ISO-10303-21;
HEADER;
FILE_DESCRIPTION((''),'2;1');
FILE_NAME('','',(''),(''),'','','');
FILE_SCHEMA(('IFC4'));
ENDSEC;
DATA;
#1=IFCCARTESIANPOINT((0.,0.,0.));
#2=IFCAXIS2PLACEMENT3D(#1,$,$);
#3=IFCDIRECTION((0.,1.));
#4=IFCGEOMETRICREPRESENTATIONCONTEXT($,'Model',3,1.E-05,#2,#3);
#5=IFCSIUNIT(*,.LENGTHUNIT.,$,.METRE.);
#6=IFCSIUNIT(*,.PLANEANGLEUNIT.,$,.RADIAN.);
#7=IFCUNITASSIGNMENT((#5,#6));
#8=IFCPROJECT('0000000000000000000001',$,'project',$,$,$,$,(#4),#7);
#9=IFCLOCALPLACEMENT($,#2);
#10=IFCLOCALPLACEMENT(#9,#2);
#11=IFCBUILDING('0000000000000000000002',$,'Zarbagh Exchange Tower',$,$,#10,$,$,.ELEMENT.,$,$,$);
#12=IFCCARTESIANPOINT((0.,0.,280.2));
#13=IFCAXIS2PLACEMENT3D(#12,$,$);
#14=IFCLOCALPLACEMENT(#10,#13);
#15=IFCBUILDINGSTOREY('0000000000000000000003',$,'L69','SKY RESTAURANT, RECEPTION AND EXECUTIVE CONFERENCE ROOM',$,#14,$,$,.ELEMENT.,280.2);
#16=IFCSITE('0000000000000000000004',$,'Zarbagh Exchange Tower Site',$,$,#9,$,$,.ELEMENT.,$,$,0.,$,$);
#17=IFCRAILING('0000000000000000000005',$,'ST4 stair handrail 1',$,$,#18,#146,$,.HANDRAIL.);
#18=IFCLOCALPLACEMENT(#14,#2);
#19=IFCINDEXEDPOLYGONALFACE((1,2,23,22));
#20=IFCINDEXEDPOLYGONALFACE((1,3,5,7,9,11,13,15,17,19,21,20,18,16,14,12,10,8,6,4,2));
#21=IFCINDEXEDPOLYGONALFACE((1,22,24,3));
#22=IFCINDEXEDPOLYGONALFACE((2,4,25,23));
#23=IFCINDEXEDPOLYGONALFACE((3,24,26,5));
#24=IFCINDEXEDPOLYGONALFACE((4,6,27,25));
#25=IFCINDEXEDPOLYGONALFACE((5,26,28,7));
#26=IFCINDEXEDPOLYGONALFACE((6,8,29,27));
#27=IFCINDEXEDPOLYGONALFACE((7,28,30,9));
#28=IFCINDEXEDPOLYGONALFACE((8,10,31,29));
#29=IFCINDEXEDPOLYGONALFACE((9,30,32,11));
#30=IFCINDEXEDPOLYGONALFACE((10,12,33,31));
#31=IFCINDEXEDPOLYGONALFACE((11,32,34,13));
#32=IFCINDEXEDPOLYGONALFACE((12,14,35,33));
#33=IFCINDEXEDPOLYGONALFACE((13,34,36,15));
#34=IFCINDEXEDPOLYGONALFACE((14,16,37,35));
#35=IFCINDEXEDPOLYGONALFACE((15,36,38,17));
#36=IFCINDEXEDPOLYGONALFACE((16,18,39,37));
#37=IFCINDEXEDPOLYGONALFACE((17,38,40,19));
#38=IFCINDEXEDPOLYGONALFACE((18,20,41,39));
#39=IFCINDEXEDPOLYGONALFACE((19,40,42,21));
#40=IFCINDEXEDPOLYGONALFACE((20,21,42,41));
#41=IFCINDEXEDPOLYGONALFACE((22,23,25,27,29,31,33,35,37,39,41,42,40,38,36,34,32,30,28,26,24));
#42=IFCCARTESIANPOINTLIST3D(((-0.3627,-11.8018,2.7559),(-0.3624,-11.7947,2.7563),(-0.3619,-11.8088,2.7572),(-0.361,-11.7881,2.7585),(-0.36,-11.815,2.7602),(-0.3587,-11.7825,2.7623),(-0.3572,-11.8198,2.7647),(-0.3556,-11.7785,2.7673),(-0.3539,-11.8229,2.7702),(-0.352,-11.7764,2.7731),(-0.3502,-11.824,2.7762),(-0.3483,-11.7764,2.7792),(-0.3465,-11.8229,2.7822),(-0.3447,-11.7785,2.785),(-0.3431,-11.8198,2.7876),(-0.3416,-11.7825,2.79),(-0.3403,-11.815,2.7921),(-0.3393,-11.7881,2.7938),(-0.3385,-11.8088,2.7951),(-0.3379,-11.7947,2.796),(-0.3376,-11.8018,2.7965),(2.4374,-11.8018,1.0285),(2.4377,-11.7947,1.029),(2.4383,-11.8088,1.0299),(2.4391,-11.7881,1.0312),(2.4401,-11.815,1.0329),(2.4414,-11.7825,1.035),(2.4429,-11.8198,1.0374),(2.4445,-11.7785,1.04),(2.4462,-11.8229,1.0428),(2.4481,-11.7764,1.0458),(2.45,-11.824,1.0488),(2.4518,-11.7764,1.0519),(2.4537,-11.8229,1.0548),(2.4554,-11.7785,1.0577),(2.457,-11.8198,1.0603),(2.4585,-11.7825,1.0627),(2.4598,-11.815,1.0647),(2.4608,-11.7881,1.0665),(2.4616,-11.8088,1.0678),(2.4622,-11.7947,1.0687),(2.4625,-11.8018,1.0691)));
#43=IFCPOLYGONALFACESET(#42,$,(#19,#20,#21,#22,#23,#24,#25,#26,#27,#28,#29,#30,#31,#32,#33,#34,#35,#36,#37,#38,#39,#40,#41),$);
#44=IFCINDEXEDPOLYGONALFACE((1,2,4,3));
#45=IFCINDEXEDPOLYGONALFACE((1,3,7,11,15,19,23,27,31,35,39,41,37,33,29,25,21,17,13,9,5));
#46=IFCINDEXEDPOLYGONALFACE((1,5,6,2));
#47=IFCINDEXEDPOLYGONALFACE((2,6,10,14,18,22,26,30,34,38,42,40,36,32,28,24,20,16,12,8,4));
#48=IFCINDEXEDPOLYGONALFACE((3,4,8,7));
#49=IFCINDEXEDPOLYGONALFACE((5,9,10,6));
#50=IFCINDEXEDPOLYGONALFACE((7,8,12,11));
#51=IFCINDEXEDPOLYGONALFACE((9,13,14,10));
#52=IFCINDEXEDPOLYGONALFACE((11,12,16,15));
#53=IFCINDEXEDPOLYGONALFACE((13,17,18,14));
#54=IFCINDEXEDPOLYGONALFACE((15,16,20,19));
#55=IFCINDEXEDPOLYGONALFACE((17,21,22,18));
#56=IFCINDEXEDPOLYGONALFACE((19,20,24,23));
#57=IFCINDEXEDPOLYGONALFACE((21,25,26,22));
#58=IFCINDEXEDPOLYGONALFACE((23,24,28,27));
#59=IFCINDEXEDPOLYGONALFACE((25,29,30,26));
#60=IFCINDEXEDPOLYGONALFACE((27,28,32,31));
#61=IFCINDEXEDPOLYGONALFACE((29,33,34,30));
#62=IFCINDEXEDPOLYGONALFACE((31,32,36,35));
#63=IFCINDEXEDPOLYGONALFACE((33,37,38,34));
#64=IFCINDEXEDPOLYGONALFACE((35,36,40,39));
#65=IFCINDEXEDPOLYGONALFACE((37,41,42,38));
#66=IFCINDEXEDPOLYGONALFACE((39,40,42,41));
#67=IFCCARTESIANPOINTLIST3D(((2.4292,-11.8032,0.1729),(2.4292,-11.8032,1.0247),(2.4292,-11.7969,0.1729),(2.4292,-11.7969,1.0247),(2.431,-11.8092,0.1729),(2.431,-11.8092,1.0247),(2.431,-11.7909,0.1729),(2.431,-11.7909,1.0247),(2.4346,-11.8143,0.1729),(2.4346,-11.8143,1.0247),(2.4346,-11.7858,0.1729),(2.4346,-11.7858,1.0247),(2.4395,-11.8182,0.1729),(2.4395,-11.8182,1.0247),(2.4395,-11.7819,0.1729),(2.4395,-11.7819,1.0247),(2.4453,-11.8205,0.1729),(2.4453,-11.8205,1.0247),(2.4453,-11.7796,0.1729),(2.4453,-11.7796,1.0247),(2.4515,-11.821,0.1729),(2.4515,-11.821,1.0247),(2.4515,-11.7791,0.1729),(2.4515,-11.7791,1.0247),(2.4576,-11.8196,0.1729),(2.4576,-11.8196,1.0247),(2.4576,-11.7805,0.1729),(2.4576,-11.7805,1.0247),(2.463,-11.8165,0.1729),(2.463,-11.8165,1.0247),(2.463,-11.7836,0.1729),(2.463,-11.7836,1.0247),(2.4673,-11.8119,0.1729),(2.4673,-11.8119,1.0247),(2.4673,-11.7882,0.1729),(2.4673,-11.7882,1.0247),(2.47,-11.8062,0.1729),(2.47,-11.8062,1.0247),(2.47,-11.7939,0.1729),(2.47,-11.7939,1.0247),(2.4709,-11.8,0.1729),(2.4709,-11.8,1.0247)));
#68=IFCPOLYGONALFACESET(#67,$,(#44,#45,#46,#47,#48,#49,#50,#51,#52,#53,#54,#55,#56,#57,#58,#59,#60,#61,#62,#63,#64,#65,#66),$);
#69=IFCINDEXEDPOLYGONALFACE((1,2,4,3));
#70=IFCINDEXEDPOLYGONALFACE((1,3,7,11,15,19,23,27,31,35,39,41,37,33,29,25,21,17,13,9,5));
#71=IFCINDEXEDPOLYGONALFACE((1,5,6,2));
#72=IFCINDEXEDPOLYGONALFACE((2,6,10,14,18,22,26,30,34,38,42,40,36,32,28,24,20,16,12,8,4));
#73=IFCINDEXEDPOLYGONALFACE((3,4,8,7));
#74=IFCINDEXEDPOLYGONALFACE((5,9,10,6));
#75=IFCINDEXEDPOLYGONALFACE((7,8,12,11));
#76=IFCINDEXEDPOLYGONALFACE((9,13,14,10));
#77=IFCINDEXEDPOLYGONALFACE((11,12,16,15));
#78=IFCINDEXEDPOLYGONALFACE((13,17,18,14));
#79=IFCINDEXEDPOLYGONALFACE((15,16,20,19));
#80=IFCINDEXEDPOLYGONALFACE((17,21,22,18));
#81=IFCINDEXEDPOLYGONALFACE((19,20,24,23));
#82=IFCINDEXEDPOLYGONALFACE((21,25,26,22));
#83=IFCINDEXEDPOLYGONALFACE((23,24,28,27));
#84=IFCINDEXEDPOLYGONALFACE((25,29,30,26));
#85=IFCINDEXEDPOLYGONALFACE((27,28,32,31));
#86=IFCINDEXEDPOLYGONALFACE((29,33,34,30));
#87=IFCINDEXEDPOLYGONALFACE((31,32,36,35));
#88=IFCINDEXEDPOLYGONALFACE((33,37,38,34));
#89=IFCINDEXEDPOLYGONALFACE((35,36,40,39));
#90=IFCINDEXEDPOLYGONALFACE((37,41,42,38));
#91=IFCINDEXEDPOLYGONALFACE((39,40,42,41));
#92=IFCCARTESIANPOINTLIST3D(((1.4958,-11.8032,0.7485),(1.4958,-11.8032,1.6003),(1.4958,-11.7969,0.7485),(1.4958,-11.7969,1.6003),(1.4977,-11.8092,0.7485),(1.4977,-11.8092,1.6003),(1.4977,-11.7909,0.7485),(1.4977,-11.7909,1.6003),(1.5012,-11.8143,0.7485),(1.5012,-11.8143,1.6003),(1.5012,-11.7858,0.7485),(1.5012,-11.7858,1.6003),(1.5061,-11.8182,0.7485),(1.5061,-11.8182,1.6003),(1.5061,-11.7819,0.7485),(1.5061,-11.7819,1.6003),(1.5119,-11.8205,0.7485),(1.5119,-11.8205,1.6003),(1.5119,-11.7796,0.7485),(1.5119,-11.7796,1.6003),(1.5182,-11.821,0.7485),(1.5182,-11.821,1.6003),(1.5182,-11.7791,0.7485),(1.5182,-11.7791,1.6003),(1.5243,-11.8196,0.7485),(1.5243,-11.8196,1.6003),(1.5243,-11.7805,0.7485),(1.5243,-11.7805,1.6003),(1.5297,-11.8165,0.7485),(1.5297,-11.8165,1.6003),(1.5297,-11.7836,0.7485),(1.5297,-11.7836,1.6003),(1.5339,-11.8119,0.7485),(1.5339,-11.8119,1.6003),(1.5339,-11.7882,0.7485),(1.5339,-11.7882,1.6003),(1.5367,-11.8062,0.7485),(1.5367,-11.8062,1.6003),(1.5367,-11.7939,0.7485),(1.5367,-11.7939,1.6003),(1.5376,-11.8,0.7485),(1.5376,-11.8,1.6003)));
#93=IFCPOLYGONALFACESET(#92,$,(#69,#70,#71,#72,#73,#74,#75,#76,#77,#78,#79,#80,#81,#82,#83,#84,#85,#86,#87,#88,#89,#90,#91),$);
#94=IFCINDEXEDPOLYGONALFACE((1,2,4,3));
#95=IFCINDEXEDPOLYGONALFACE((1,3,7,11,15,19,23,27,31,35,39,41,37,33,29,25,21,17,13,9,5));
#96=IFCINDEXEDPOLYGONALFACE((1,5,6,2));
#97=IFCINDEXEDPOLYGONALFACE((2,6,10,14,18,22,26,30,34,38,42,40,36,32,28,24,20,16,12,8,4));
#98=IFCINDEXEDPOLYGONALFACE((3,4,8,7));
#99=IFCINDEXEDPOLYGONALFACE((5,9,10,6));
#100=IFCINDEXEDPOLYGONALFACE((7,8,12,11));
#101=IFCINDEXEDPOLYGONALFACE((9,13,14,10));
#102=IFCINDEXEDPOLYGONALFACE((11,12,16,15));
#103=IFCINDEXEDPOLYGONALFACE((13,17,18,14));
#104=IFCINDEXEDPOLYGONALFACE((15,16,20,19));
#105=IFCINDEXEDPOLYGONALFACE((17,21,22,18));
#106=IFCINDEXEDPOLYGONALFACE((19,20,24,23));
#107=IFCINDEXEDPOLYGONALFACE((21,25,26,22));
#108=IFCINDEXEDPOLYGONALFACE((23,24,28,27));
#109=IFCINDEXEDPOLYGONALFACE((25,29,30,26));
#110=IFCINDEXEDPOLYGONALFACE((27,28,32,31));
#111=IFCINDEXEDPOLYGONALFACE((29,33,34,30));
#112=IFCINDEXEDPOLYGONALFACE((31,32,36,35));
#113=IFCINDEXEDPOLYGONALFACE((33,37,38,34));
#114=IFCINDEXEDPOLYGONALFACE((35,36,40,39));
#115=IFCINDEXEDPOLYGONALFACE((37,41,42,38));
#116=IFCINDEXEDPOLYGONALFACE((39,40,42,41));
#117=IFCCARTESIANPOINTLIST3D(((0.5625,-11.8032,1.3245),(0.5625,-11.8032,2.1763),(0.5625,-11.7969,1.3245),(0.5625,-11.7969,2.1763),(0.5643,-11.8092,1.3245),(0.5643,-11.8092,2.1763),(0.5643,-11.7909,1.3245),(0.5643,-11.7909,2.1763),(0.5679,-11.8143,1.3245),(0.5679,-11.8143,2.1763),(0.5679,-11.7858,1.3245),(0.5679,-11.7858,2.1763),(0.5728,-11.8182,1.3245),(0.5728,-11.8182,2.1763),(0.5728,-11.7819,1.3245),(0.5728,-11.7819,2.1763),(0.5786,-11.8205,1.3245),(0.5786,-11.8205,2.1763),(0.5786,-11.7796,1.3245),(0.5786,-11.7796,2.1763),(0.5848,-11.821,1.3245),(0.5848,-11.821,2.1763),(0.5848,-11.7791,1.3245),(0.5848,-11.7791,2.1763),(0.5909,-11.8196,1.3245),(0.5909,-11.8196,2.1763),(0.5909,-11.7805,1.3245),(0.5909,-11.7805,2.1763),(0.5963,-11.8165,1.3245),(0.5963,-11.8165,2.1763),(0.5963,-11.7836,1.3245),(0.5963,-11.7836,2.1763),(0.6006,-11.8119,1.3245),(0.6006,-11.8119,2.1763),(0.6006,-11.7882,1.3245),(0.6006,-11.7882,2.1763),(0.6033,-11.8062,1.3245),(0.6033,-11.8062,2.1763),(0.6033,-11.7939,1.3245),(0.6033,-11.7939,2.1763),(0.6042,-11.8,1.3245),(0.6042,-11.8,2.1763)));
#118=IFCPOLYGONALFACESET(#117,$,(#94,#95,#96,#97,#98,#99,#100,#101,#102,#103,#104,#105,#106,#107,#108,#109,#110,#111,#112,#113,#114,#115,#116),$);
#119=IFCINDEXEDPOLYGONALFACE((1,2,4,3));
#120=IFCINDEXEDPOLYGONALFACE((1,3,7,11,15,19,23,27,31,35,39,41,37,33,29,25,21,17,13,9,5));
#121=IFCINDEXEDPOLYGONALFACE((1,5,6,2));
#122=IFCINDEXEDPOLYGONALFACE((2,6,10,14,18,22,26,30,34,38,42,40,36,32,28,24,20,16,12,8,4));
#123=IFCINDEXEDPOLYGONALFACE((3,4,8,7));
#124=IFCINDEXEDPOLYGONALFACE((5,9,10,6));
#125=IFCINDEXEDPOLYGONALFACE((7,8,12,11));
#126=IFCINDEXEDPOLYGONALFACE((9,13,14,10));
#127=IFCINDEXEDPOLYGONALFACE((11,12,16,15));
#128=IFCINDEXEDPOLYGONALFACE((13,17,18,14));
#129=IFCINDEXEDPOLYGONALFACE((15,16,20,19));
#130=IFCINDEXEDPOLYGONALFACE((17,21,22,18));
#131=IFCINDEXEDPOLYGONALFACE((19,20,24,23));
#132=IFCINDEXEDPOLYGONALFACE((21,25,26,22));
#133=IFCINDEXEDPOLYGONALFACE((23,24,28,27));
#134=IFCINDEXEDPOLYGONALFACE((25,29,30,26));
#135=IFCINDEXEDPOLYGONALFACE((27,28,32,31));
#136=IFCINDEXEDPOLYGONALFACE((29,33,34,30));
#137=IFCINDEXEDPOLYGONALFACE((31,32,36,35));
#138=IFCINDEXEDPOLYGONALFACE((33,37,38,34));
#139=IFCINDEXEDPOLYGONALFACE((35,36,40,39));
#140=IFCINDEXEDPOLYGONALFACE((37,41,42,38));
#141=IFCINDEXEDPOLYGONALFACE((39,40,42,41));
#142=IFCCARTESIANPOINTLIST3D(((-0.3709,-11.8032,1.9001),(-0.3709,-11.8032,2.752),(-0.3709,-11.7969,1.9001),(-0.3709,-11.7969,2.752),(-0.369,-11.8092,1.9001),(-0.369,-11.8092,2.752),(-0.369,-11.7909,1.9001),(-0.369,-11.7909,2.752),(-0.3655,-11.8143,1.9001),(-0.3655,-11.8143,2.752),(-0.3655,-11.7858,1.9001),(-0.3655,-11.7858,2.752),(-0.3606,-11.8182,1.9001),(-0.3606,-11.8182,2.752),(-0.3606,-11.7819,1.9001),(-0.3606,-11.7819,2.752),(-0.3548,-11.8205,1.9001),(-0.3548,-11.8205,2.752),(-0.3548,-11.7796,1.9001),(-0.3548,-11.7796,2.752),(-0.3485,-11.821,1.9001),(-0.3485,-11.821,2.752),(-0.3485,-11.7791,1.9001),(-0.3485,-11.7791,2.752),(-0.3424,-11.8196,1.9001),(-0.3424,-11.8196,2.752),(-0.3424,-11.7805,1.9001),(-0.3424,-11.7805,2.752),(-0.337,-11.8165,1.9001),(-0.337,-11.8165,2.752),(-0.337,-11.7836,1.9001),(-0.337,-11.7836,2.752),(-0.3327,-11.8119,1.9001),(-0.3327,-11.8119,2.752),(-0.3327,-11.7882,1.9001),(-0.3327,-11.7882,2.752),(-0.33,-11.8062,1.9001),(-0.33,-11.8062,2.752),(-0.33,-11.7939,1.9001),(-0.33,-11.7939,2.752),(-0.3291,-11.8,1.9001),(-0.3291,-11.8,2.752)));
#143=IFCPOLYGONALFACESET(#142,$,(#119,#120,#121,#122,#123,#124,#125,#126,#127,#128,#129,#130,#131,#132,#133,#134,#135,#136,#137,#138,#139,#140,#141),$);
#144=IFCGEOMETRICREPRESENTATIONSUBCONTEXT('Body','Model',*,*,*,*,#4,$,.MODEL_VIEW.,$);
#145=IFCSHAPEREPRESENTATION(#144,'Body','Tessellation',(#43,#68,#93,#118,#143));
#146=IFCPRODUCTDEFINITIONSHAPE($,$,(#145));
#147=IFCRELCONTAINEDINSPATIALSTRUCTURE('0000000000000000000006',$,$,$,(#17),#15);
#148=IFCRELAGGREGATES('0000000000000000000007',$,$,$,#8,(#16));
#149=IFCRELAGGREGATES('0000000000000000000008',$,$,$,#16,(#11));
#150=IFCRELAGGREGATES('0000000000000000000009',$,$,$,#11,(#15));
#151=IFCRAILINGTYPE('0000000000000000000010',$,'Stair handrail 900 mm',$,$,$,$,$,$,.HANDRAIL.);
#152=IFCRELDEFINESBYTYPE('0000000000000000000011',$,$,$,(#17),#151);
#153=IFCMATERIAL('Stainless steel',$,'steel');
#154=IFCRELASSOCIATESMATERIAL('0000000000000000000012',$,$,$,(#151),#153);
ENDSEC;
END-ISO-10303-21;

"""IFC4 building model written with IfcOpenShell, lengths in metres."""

from ifc_helpers import new_model, si_unit, direction, frame, origin, origin_2d, place, context, subcontext, project, spatial, circle, extrude, material, type_object, element, save


model = new_model("IFC4")

# Units and contexts
model_context = context("Model", 3, precision=1e-05, world=origin(), true_north=direction((0.0, 1.0)))
body_context = subcontext(model_context, "Body", "Model", "MODEL_VIEW")
ifc_project = project(units=[si_unit("LENGTHUNIT", "METRE"), si_unit("PLANEANGLEUNIT", "RADIAN")], contexts=[model_context])

# Site, building, storey
site_placement = place(None, origin())
site = spatial("IfcSite", under=ifc_project, at=site_placement, Name="Zarbagh Exchange Tower Site", CompositionType="ELEMENT", RefElevation=0.0)
building_placement = place(site_placement, origin())
building = spatial("IfcBuilding", under=site, at=building_placement, Name="Zarbagh Exchange Tower", CompositionType="ELEMENT")
storey_placement = place(building_placement, frame((0.0, 0.0, 280.2)))
storey = spatial("IfcBuildingStorey", under=building, at=storey_placement, Name="L69", Description="SKY RESTAURANT, RECEPTION AND EXECUTIVE CONFERENCE ROOM", CompositionType="ELEMENT", Elevation=280.2)

# Shared definitions
ifc_material_1 = material(Name="Stainless steel", Category="steel")

# Railing
railing_type = type_object("IfcRailingType", Name="Stair handrail 900 mm", PredefinedType="HANDRAIL", material=ifc_material_1)
railing_1_placement = place(storey_placement, frame((2.45, -11.8, 0.1729)))
element("IfcRailing", 1, at=railing_1_placement, inside=storey, type_object=railing_type, Name="ST4 stair handrail 1", PredefinedType="HANDRAIL", context=body_context, shape_type="SweptSolid", body=[
    extrude(circle(Radius=0.0239, at=origin_2d()), frame((0.0, 0.0, 0.876), z_axis=(-0.85109, 0.0, 0.52502), x_axis=(0.0, -1.0, 0.0)), (0.0, 0.0, 1.0), 3.29),
    extrude(circle(Radius=0.021, at=origin_2d()), origin(), (0.0, 0.0, 1.0), 0.8518),
    extrude(circle(Radius=0.021, at=origin_2d()), frame((-0.9333, 0.0, 0.5757)), (0.0, 0.0, 1.0), 0.8518),
    extrude(circle(Radius=0.021, at=origin_2d()), frame((-1.8667, 0.0, 1.1516)), (0.0, 0.0, 1.0), 0.8518),
    extrude(circle(Radius=0.021, at=origin_2d()), frame((-2.8, 0.0, 1.7273)), (0.0, 0.0, 1.0), 0.8518),
])

save(model, "model.ifc")
